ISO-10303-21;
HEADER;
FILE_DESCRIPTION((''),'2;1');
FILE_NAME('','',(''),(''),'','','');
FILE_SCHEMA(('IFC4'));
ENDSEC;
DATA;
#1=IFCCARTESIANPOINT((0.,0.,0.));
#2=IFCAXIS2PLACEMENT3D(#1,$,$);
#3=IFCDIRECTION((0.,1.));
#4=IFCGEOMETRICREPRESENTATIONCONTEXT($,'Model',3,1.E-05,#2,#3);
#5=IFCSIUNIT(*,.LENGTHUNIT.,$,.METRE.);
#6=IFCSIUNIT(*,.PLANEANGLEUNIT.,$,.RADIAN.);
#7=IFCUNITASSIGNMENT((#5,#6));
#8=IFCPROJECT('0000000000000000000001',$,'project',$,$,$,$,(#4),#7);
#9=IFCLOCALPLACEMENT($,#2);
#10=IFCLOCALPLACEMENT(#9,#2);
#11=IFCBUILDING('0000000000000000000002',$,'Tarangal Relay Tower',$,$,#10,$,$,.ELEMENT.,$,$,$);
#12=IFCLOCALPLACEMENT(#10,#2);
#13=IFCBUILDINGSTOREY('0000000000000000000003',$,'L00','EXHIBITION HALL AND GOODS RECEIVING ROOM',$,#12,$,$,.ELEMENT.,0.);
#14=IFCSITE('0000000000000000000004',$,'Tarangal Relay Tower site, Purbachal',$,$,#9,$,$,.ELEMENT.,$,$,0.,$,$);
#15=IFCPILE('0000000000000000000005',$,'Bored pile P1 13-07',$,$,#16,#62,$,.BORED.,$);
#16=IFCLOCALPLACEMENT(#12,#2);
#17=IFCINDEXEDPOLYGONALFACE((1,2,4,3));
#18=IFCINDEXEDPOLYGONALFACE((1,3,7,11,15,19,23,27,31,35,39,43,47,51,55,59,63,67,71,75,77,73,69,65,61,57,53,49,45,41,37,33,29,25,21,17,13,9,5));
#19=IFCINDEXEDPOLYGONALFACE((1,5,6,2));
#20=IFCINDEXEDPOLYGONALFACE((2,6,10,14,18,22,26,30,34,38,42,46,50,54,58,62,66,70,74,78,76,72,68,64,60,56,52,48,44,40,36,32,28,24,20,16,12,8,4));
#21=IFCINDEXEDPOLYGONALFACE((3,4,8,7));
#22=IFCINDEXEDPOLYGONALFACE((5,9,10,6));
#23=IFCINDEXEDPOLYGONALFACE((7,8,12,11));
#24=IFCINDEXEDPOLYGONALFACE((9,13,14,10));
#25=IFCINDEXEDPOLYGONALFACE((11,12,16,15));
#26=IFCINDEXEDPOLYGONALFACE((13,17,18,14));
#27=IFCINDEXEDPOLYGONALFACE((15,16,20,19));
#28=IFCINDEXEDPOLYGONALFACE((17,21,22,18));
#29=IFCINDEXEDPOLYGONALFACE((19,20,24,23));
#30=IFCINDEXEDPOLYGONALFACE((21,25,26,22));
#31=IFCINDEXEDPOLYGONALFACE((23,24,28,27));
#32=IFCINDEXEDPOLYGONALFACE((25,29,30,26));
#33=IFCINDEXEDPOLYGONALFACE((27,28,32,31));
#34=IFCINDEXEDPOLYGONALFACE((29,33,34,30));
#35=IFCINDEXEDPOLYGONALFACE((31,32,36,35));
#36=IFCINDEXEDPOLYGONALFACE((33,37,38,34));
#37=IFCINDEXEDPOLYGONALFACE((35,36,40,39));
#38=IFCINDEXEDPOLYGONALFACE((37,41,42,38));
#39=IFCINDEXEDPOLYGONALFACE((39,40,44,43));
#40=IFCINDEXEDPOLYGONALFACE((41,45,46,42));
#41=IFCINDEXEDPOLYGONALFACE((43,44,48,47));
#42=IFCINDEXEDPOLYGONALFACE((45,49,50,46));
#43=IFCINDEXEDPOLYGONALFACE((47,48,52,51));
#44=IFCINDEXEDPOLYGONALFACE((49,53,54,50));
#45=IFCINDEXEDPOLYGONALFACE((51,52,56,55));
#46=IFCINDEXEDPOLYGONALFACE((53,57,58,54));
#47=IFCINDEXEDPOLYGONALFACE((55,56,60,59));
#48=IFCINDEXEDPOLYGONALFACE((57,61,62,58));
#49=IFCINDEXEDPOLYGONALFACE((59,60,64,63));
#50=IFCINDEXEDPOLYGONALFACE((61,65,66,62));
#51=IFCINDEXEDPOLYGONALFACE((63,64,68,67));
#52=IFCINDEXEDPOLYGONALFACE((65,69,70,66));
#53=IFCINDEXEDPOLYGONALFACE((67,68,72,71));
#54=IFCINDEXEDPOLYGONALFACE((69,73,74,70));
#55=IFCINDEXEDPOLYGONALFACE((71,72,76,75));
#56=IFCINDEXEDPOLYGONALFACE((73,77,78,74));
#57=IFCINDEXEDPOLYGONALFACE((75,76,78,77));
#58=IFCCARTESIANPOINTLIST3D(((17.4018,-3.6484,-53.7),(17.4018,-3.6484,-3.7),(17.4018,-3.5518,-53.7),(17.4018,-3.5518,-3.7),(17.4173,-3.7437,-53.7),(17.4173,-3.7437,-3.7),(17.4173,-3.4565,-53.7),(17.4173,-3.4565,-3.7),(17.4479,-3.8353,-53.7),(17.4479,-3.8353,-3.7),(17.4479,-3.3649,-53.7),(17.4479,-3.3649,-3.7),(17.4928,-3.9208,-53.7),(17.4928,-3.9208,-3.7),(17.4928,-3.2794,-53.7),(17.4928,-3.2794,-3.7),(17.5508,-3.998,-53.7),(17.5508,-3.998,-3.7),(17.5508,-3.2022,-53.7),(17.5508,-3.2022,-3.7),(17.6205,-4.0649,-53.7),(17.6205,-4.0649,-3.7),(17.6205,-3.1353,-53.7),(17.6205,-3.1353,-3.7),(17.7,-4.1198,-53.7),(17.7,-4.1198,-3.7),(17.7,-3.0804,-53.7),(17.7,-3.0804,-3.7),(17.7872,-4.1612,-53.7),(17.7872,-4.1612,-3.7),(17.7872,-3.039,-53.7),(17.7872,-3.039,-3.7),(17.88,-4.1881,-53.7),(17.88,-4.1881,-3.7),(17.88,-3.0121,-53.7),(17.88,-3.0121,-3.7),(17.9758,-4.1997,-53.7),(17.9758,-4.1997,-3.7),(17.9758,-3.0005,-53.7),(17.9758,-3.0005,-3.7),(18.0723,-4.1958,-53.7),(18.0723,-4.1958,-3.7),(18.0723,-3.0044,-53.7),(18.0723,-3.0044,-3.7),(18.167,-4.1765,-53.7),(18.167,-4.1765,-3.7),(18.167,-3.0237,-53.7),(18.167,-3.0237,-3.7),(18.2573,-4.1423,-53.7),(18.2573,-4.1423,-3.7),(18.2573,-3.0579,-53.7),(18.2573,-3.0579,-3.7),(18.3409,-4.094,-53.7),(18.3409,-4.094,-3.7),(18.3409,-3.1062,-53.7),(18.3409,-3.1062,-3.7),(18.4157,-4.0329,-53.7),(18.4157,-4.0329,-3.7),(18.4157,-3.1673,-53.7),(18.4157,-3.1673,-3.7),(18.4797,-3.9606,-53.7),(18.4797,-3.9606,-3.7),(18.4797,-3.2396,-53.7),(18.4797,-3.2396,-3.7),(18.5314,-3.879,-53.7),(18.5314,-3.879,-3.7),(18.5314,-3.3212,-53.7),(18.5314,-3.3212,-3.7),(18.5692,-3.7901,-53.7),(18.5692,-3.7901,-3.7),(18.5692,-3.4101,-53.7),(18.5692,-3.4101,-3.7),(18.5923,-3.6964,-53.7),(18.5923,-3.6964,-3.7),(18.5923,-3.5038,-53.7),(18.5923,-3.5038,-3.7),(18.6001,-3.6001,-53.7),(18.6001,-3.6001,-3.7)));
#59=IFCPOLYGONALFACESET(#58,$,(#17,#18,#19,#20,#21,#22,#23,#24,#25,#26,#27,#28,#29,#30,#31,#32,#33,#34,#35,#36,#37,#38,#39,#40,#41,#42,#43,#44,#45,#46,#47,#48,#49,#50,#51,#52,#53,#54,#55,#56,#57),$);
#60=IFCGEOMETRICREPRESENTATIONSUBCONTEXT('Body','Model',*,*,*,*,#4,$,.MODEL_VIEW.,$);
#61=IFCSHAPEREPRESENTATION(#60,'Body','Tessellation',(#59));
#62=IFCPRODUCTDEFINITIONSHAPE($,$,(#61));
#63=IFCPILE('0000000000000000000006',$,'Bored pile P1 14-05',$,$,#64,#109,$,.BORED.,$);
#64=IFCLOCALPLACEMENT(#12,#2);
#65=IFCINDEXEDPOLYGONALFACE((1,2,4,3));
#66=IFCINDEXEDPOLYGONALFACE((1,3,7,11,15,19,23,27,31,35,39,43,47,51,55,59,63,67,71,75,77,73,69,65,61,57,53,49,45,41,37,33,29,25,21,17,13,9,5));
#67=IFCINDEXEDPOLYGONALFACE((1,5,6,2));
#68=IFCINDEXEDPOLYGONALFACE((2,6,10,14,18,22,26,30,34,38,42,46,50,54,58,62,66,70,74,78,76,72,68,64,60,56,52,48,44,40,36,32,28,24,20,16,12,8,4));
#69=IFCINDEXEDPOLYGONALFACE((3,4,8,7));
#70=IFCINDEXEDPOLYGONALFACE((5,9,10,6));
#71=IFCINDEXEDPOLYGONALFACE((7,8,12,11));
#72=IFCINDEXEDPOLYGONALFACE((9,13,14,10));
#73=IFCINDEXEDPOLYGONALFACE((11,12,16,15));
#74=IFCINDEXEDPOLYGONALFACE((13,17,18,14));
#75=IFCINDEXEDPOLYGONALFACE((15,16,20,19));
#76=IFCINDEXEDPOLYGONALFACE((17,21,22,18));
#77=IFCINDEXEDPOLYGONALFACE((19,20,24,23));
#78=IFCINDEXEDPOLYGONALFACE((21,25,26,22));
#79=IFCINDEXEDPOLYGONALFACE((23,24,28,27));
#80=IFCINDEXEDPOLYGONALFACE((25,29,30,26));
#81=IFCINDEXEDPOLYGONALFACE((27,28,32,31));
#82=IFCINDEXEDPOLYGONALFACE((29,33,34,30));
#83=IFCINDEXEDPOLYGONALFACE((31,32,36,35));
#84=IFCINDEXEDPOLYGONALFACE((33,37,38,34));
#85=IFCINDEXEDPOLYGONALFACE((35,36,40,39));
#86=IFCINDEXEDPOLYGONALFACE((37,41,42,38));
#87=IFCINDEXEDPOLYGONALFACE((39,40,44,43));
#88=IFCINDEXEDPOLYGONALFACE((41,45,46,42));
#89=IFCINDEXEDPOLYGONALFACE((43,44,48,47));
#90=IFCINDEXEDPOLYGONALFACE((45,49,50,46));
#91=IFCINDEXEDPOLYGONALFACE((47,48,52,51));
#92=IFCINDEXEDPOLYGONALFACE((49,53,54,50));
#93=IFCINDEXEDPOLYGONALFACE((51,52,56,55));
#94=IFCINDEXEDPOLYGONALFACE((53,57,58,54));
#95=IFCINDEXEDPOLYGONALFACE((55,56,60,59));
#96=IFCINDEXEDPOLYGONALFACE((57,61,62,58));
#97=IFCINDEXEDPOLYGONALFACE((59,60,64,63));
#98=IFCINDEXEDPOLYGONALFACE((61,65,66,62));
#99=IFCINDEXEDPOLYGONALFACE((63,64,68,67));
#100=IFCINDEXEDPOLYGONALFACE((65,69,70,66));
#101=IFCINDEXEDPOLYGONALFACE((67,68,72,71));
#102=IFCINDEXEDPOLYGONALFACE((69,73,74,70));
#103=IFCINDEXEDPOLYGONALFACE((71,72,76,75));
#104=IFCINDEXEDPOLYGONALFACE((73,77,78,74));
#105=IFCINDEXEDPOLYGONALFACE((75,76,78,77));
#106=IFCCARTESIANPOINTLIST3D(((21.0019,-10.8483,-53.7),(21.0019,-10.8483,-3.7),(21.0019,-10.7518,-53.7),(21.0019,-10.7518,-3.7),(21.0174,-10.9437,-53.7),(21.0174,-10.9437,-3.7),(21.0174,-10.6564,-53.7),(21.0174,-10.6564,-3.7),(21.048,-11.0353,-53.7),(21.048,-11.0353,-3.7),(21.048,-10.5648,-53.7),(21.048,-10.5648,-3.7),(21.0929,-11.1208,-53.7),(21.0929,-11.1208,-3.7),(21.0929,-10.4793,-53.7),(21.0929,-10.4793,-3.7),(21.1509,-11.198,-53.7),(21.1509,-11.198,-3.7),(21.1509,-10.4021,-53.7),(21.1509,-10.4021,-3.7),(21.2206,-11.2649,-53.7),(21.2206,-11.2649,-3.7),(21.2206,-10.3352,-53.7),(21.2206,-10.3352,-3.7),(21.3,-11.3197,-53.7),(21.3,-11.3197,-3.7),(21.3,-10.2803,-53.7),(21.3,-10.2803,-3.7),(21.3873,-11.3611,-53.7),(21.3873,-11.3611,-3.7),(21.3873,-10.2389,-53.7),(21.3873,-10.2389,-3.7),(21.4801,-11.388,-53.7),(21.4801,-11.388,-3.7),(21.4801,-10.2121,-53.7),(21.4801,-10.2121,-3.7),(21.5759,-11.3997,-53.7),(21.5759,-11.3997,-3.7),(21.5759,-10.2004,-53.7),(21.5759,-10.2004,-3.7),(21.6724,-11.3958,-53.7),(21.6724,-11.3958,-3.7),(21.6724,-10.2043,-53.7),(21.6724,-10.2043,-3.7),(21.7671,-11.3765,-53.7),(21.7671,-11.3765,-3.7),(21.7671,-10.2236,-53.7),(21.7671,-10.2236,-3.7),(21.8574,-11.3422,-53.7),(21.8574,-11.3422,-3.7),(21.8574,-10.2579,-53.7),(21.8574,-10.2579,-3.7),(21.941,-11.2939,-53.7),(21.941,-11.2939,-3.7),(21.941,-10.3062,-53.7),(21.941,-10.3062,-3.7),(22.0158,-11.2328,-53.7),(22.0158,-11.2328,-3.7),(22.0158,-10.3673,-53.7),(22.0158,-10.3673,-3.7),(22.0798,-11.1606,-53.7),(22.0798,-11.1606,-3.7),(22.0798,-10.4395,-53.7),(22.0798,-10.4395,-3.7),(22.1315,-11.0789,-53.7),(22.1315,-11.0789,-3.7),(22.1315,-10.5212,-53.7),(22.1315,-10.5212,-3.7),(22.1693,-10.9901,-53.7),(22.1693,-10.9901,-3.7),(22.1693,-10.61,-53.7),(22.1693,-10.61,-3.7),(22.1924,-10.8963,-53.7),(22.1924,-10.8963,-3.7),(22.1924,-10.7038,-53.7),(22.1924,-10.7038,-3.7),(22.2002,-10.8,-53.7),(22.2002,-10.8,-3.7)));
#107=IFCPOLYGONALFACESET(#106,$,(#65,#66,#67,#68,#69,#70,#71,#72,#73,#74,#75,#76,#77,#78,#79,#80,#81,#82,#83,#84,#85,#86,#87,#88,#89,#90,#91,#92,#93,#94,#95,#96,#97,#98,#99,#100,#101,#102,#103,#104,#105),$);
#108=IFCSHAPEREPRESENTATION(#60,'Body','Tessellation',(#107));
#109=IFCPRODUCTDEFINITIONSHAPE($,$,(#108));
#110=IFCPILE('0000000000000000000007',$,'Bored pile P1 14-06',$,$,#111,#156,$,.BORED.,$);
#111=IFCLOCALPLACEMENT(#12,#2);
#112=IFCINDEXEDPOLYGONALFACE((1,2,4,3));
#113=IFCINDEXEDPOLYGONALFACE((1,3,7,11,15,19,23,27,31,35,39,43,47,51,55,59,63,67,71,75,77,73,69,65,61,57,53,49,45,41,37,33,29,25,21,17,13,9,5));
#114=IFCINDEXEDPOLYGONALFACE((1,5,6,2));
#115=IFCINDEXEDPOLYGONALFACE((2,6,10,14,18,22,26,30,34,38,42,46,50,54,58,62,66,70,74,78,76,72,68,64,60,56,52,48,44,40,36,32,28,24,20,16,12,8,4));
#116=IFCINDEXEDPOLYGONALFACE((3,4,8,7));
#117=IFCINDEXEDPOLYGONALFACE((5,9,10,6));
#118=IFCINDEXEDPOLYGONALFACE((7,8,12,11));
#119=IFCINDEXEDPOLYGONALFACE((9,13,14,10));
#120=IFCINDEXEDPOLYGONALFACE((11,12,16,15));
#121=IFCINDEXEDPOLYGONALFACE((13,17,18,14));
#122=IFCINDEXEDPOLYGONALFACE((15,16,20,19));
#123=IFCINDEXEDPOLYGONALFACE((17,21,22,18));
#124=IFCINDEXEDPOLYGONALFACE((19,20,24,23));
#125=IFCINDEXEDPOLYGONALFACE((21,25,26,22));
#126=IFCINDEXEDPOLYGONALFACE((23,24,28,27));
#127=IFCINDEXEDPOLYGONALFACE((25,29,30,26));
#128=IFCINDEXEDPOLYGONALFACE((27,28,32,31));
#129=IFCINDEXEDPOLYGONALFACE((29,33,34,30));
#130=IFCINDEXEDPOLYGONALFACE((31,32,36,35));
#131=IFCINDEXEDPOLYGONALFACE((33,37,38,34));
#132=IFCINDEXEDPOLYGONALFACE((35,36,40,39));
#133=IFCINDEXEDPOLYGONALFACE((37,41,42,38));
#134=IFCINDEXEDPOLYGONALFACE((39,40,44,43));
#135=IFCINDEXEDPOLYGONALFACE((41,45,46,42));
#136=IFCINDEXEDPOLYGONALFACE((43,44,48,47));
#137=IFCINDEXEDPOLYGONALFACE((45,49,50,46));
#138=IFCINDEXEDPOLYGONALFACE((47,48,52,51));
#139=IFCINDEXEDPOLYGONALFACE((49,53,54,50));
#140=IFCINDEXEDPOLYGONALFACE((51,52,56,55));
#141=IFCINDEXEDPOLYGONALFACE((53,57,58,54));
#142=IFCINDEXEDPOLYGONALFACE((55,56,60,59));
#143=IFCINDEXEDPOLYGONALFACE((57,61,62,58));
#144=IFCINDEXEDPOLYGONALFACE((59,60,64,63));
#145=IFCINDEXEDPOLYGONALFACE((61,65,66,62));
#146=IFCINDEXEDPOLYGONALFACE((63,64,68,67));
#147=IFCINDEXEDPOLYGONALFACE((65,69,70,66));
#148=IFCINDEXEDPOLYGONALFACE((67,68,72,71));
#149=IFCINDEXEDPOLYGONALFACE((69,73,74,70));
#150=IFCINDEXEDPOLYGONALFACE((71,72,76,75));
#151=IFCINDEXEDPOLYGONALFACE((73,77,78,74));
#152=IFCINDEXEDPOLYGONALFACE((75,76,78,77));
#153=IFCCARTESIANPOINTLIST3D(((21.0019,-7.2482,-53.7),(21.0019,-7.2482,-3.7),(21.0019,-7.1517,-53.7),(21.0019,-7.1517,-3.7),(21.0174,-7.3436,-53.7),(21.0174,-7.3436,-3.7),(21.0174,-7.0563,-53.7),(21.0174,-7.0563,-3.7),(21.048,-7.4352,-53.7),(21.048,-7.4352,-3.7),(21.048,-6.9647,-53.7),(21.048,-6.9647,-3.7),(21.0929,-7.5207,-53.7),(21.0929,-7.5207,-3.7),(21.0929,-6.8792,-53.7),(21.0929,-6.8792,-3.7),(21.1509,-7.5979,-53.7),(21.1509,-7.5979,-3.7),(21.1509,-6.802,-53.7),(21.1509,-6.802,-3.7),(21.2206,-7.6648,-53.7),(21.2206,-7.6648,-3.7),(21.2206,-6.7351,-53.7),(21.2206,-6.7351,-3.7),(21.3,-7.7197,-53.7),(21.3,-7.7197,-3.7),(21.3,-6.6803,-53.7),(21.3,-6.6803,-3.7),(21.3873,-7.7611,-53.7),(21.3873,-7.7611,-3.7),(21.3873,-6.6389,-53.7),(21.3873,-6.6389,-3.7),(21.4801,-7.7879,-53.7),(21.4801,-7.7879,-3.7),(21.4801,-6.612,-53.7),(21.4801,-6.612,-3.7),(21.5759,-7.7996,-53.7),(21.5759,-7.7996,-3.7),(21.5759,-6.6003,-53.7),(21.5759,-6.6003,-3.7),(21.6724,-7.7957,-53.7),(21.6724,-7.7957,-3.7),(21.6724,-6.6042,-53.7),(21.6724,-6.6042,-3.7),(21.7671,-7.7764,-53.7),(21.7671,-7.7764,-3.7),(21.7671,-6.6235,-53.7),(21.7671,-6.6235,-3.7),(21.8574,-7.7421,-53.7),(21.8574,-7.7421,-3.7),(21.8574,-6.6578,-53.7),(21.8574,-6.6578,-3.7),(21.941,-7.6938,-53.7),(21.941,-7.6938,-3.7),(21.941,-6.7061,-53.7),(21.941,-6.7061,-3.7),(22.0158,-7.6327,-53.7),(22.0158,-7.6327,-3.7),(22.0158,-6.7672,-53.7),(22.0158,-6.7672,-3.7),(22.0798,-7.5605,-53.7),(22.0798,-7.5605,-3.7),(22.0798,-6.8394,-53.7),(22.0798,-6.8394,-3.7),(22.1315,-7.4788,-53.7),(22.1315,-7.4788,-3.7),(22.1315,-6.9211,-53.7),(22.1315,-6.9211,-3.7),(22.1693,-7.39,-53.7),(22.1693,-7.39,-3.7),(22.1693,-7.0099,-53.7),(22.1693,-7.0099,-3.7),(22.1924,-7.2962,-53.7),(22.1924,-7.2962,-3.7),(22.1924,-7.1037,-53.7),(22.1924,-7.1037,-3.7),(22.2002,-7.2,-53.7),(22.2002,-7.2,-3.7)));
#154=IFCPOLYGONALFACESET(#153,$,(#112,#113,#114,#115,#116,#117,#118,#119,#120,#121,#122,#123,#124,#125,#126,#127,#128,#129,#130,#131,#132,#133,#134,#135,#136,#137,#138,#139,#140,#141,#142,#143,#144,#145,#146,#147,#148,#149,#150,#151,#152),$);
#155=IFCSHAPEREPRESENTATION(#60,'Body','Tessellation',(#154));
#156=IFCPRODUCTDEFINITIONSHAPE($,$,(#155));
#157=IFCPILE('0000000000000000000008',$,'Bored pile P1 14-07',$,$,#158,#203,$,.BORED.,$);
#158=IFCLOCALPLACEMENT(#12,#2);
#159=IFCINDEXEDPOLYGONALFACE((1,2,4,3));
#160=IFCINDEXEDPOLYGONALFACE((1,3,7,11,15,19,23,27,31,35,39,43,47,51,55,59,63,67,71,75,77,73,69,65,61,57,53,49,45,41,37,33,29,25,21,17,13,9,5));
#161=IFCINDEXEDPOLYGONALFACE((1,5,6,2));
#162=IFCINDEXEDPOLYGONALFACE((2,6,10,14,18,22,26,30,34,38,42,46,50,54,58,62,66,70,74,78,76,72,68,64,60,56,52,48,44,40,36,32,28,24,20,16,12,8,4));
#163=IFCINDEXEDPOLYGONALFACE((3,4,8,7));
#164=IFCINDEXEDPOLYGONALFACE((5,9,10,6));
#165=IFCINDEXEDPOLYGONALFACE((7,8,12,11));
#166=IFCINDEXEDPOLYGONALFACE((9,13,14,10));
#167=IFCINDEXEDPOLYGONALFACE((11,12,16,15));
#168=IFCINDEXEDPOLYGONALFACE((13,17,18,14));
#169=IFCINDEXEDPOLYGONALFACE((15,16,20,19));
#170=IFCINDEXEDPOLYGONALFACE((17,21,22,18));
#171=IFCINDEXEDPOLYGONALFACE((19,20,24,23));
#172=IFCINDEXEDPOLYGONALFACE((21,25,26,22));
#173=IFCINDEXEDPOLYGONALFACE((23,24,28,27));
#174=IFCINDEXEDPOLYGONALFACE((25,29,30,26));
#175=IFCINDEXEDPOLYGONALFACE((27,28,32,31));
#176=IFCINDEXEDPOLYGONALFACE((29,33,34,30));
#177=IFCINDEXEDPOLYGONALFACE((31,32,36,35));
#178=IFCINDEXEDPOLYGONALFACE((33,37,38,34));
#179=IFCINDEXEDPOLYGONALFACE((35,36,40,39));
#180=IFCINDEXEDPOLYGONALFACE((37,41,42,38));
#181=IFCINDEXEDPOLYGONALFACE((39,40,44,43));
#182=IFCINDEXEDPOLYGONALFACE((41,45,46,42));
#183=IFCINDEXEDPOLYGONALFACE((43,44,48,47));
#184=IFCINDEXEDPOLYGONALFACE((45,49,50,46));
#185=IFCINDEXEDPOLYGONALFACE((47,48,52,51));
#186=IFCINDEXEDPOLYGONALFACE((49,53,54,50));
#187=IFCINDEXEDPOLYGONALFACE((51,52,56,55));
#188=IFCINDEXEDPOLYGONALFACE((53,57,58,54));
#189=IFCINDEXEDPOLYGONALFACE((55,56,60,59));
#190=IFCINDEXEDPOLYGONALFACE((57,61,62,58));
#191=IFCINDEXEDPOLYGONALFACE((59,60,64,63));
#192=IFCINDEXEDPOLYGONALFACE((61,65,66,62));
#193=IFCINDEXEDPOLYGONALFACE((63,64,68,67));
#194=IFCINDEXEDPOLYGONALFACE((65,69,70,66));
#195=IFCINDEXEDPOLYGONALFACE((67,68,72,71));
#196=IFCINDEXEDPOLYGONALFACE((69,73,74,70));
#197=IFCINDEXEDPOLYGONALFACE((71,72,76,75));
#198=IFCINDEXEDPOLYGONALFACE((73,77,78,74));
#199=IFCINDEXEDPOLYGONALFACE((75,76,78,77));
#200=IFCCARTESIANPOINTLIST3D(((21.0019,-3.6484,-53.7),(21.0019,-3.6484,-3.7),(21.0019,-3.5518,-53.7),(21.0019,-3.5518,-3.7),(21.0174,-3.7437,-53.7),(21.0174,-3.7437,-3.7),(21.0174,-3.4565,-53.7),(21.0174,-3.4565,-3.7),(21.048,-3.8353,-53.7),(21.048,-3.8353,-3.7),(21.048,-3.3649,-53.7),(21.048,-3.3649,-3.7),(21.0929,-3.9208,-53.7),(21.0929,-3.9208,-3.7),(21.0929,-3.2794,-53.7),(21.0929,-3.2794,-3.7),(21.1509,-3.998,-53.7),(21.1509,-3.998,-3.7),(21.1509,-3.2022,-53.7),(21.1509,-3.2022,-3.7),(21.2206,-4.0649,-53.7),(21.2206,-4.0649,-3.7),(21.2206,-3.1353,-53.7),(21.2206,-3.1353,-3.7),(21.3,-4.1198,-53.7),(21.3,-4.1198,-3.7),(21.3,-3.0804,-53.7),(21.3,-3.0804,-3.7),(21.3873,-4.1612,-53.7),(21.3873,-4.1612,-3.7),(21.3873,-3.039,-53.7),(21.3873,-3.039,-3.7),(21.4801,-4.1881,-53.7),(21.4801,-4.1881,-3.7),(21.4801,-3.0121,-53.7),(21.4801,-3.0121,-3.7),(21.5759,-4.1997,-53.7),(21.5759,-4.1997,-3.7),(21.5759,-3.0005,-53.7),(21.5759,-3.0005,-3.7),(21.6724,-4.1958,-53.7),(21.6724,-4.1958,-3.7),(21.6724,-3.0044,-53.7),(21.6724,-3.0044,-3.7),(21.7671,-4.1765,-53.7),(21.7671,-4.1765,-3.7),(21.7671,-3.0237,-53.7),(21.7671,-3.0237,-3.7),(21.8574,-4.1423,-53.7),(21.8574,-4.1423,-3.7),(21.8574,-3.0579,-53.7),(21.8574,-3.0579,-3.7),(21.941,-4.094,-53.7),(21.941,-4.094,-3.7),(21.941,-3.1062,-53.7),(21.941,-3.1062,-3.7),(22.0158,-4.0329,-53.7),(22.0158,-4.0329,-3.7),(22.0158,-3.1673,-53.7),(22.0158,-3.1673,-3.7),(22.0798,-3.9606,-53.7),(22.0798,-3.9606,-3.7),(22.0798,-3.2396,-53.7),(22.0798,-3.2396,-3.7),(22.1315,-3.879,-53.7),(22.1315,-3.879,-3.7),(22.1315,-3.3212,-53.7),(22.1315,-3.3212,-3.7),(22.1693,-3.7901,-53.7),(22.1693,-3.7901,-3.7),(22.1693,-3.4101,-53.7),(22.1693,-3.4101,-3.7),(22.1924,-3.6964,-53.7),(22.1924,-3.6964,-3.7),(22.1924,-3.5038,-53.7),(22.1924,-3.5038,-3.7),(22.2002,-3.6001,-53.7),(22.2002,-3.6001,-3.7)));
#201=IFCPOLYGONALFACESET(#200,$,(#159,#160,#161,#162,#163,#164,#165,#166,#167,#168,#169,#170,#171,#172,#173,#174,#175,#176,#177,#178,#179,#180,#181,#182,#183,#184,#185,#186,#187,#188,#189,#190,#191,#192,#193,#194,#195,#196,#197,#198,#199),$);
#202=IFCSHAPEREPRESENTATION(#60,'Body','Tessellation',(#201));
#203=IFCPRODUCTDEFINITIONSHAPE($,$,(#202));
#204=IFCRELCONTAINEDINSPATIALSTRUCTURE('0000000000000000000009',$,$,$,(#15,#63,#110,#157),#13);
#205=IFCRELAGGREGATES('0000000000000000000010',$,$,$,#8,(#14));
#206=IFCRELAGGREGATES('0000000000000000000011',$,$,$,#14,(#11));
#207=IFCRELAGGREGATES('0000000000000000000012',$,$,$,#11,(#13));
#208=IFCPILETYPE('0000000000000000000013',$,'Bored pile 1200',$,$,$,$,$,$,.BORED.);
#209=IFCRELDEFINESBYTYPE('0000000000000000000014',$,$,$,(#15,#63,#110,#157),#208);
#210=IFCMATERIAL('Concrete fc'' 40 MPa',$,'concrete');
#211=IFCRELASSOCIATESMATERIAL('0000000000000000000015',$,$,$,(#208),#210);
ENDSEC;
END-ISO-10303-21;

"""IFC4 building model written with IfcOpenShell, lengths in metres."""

from ifc_helpers import new_model, si_unit, direction, frame, origin, origin_2d, place, context, subcontext, project, spatial, circle, extrude, material, material_profile, profile_set, type_object, element, save


model = new_model("IFC4")

# Units and contexts
model_context = context("Model", 3, precision=1e-05, world=origin(), true_north=direction((0.0, 1.0)))
body_context = subcontext(model_context, "Body", "Model", "MODEL_VIEW")
ifc_project = project(units=[si_unit("LENGTHUNIT", "METRE"), si_unit("PLANEANGLEUNIT", "RADIAN")], contexts=[model_context])

# Site, building, storey
site_placement = place(None, origin())
site = spatial("IfcSite", under=ifc_project, at=site_placement, Name="Tarangal Relay Tower site, Purbachal", CompositionType="ELEMENT", RefElevation=0.0)
building_placement = place(site_placement, origin())
building = spatial("IfcBuilding", under=site, at=building_placement, Name="Tarangal Relay Tower", CompositionType="ELEMENT")
storey_placement = place(building_placement, origin())
storey = spatial("IfcBuildingStorey", under=building, at=storey_placement, Name="L00", Description="EXHIBITION HALL AND GOODS RECEIVING ROOM", CompositionType="ELEMENT", Elevation=0.0)

# Piles
ifc_material_1 = material(Name="Concrete fc' 40 MPa", Category="concrete")
ifc_material_profile_1 = material_profile(ifc_material_1, circle(Radius=0.6001, at=origin_2d()), Name="D1200")
ifc_profile_set_1 = profile_set([ifc_material_profile_1], Name="Concrete fc' 40 MPa")
pile_type = type_object("IfcPileType", Name="Bored pile 1200", PredefinedType="BORED", material=ifc_profile_set_1)
for number, where, z_axis, x_axis, name in (
    (1, (18.0, -3.6001, -3.7), (0.0, 0.0, -1.0), (1.0, 0.0, 0.0), "Bored pile P1 13-07"),
    (2, (21.6001, -10.8, -3.7), (0.0, 0.0, -1.0), (1.0, 0.0, 0.0), "Bored pile P1 14-05"),
    (3, (21.6001, -7.2, -3.7), (0.0, 0.0, -1.0), (1.0, 0.0, 0.0), "Bored pile P1 14-06"),
    (4, (21.6001, -3.6001, -3.7), (0.0, 0.0, -1.0), (1.0, 0.0, 0.0), "Bored pile P1 14-07"),
):
    element("IfcPile", number, at=place(storey_placement, frame(where, z_axis=z_axis, x_axis=x_axis)), inside=storey, type_object=pile_type, Name=name, PredefinedType="BORED", context=body_context, shape_type="SweptSolid", body=[
        extrude(circle(Radius=0.6001, at=origin_2d()), origin(), (0.0, 0.0, 1.0), 50.0),
    ])

save(model, "model.ifc")
